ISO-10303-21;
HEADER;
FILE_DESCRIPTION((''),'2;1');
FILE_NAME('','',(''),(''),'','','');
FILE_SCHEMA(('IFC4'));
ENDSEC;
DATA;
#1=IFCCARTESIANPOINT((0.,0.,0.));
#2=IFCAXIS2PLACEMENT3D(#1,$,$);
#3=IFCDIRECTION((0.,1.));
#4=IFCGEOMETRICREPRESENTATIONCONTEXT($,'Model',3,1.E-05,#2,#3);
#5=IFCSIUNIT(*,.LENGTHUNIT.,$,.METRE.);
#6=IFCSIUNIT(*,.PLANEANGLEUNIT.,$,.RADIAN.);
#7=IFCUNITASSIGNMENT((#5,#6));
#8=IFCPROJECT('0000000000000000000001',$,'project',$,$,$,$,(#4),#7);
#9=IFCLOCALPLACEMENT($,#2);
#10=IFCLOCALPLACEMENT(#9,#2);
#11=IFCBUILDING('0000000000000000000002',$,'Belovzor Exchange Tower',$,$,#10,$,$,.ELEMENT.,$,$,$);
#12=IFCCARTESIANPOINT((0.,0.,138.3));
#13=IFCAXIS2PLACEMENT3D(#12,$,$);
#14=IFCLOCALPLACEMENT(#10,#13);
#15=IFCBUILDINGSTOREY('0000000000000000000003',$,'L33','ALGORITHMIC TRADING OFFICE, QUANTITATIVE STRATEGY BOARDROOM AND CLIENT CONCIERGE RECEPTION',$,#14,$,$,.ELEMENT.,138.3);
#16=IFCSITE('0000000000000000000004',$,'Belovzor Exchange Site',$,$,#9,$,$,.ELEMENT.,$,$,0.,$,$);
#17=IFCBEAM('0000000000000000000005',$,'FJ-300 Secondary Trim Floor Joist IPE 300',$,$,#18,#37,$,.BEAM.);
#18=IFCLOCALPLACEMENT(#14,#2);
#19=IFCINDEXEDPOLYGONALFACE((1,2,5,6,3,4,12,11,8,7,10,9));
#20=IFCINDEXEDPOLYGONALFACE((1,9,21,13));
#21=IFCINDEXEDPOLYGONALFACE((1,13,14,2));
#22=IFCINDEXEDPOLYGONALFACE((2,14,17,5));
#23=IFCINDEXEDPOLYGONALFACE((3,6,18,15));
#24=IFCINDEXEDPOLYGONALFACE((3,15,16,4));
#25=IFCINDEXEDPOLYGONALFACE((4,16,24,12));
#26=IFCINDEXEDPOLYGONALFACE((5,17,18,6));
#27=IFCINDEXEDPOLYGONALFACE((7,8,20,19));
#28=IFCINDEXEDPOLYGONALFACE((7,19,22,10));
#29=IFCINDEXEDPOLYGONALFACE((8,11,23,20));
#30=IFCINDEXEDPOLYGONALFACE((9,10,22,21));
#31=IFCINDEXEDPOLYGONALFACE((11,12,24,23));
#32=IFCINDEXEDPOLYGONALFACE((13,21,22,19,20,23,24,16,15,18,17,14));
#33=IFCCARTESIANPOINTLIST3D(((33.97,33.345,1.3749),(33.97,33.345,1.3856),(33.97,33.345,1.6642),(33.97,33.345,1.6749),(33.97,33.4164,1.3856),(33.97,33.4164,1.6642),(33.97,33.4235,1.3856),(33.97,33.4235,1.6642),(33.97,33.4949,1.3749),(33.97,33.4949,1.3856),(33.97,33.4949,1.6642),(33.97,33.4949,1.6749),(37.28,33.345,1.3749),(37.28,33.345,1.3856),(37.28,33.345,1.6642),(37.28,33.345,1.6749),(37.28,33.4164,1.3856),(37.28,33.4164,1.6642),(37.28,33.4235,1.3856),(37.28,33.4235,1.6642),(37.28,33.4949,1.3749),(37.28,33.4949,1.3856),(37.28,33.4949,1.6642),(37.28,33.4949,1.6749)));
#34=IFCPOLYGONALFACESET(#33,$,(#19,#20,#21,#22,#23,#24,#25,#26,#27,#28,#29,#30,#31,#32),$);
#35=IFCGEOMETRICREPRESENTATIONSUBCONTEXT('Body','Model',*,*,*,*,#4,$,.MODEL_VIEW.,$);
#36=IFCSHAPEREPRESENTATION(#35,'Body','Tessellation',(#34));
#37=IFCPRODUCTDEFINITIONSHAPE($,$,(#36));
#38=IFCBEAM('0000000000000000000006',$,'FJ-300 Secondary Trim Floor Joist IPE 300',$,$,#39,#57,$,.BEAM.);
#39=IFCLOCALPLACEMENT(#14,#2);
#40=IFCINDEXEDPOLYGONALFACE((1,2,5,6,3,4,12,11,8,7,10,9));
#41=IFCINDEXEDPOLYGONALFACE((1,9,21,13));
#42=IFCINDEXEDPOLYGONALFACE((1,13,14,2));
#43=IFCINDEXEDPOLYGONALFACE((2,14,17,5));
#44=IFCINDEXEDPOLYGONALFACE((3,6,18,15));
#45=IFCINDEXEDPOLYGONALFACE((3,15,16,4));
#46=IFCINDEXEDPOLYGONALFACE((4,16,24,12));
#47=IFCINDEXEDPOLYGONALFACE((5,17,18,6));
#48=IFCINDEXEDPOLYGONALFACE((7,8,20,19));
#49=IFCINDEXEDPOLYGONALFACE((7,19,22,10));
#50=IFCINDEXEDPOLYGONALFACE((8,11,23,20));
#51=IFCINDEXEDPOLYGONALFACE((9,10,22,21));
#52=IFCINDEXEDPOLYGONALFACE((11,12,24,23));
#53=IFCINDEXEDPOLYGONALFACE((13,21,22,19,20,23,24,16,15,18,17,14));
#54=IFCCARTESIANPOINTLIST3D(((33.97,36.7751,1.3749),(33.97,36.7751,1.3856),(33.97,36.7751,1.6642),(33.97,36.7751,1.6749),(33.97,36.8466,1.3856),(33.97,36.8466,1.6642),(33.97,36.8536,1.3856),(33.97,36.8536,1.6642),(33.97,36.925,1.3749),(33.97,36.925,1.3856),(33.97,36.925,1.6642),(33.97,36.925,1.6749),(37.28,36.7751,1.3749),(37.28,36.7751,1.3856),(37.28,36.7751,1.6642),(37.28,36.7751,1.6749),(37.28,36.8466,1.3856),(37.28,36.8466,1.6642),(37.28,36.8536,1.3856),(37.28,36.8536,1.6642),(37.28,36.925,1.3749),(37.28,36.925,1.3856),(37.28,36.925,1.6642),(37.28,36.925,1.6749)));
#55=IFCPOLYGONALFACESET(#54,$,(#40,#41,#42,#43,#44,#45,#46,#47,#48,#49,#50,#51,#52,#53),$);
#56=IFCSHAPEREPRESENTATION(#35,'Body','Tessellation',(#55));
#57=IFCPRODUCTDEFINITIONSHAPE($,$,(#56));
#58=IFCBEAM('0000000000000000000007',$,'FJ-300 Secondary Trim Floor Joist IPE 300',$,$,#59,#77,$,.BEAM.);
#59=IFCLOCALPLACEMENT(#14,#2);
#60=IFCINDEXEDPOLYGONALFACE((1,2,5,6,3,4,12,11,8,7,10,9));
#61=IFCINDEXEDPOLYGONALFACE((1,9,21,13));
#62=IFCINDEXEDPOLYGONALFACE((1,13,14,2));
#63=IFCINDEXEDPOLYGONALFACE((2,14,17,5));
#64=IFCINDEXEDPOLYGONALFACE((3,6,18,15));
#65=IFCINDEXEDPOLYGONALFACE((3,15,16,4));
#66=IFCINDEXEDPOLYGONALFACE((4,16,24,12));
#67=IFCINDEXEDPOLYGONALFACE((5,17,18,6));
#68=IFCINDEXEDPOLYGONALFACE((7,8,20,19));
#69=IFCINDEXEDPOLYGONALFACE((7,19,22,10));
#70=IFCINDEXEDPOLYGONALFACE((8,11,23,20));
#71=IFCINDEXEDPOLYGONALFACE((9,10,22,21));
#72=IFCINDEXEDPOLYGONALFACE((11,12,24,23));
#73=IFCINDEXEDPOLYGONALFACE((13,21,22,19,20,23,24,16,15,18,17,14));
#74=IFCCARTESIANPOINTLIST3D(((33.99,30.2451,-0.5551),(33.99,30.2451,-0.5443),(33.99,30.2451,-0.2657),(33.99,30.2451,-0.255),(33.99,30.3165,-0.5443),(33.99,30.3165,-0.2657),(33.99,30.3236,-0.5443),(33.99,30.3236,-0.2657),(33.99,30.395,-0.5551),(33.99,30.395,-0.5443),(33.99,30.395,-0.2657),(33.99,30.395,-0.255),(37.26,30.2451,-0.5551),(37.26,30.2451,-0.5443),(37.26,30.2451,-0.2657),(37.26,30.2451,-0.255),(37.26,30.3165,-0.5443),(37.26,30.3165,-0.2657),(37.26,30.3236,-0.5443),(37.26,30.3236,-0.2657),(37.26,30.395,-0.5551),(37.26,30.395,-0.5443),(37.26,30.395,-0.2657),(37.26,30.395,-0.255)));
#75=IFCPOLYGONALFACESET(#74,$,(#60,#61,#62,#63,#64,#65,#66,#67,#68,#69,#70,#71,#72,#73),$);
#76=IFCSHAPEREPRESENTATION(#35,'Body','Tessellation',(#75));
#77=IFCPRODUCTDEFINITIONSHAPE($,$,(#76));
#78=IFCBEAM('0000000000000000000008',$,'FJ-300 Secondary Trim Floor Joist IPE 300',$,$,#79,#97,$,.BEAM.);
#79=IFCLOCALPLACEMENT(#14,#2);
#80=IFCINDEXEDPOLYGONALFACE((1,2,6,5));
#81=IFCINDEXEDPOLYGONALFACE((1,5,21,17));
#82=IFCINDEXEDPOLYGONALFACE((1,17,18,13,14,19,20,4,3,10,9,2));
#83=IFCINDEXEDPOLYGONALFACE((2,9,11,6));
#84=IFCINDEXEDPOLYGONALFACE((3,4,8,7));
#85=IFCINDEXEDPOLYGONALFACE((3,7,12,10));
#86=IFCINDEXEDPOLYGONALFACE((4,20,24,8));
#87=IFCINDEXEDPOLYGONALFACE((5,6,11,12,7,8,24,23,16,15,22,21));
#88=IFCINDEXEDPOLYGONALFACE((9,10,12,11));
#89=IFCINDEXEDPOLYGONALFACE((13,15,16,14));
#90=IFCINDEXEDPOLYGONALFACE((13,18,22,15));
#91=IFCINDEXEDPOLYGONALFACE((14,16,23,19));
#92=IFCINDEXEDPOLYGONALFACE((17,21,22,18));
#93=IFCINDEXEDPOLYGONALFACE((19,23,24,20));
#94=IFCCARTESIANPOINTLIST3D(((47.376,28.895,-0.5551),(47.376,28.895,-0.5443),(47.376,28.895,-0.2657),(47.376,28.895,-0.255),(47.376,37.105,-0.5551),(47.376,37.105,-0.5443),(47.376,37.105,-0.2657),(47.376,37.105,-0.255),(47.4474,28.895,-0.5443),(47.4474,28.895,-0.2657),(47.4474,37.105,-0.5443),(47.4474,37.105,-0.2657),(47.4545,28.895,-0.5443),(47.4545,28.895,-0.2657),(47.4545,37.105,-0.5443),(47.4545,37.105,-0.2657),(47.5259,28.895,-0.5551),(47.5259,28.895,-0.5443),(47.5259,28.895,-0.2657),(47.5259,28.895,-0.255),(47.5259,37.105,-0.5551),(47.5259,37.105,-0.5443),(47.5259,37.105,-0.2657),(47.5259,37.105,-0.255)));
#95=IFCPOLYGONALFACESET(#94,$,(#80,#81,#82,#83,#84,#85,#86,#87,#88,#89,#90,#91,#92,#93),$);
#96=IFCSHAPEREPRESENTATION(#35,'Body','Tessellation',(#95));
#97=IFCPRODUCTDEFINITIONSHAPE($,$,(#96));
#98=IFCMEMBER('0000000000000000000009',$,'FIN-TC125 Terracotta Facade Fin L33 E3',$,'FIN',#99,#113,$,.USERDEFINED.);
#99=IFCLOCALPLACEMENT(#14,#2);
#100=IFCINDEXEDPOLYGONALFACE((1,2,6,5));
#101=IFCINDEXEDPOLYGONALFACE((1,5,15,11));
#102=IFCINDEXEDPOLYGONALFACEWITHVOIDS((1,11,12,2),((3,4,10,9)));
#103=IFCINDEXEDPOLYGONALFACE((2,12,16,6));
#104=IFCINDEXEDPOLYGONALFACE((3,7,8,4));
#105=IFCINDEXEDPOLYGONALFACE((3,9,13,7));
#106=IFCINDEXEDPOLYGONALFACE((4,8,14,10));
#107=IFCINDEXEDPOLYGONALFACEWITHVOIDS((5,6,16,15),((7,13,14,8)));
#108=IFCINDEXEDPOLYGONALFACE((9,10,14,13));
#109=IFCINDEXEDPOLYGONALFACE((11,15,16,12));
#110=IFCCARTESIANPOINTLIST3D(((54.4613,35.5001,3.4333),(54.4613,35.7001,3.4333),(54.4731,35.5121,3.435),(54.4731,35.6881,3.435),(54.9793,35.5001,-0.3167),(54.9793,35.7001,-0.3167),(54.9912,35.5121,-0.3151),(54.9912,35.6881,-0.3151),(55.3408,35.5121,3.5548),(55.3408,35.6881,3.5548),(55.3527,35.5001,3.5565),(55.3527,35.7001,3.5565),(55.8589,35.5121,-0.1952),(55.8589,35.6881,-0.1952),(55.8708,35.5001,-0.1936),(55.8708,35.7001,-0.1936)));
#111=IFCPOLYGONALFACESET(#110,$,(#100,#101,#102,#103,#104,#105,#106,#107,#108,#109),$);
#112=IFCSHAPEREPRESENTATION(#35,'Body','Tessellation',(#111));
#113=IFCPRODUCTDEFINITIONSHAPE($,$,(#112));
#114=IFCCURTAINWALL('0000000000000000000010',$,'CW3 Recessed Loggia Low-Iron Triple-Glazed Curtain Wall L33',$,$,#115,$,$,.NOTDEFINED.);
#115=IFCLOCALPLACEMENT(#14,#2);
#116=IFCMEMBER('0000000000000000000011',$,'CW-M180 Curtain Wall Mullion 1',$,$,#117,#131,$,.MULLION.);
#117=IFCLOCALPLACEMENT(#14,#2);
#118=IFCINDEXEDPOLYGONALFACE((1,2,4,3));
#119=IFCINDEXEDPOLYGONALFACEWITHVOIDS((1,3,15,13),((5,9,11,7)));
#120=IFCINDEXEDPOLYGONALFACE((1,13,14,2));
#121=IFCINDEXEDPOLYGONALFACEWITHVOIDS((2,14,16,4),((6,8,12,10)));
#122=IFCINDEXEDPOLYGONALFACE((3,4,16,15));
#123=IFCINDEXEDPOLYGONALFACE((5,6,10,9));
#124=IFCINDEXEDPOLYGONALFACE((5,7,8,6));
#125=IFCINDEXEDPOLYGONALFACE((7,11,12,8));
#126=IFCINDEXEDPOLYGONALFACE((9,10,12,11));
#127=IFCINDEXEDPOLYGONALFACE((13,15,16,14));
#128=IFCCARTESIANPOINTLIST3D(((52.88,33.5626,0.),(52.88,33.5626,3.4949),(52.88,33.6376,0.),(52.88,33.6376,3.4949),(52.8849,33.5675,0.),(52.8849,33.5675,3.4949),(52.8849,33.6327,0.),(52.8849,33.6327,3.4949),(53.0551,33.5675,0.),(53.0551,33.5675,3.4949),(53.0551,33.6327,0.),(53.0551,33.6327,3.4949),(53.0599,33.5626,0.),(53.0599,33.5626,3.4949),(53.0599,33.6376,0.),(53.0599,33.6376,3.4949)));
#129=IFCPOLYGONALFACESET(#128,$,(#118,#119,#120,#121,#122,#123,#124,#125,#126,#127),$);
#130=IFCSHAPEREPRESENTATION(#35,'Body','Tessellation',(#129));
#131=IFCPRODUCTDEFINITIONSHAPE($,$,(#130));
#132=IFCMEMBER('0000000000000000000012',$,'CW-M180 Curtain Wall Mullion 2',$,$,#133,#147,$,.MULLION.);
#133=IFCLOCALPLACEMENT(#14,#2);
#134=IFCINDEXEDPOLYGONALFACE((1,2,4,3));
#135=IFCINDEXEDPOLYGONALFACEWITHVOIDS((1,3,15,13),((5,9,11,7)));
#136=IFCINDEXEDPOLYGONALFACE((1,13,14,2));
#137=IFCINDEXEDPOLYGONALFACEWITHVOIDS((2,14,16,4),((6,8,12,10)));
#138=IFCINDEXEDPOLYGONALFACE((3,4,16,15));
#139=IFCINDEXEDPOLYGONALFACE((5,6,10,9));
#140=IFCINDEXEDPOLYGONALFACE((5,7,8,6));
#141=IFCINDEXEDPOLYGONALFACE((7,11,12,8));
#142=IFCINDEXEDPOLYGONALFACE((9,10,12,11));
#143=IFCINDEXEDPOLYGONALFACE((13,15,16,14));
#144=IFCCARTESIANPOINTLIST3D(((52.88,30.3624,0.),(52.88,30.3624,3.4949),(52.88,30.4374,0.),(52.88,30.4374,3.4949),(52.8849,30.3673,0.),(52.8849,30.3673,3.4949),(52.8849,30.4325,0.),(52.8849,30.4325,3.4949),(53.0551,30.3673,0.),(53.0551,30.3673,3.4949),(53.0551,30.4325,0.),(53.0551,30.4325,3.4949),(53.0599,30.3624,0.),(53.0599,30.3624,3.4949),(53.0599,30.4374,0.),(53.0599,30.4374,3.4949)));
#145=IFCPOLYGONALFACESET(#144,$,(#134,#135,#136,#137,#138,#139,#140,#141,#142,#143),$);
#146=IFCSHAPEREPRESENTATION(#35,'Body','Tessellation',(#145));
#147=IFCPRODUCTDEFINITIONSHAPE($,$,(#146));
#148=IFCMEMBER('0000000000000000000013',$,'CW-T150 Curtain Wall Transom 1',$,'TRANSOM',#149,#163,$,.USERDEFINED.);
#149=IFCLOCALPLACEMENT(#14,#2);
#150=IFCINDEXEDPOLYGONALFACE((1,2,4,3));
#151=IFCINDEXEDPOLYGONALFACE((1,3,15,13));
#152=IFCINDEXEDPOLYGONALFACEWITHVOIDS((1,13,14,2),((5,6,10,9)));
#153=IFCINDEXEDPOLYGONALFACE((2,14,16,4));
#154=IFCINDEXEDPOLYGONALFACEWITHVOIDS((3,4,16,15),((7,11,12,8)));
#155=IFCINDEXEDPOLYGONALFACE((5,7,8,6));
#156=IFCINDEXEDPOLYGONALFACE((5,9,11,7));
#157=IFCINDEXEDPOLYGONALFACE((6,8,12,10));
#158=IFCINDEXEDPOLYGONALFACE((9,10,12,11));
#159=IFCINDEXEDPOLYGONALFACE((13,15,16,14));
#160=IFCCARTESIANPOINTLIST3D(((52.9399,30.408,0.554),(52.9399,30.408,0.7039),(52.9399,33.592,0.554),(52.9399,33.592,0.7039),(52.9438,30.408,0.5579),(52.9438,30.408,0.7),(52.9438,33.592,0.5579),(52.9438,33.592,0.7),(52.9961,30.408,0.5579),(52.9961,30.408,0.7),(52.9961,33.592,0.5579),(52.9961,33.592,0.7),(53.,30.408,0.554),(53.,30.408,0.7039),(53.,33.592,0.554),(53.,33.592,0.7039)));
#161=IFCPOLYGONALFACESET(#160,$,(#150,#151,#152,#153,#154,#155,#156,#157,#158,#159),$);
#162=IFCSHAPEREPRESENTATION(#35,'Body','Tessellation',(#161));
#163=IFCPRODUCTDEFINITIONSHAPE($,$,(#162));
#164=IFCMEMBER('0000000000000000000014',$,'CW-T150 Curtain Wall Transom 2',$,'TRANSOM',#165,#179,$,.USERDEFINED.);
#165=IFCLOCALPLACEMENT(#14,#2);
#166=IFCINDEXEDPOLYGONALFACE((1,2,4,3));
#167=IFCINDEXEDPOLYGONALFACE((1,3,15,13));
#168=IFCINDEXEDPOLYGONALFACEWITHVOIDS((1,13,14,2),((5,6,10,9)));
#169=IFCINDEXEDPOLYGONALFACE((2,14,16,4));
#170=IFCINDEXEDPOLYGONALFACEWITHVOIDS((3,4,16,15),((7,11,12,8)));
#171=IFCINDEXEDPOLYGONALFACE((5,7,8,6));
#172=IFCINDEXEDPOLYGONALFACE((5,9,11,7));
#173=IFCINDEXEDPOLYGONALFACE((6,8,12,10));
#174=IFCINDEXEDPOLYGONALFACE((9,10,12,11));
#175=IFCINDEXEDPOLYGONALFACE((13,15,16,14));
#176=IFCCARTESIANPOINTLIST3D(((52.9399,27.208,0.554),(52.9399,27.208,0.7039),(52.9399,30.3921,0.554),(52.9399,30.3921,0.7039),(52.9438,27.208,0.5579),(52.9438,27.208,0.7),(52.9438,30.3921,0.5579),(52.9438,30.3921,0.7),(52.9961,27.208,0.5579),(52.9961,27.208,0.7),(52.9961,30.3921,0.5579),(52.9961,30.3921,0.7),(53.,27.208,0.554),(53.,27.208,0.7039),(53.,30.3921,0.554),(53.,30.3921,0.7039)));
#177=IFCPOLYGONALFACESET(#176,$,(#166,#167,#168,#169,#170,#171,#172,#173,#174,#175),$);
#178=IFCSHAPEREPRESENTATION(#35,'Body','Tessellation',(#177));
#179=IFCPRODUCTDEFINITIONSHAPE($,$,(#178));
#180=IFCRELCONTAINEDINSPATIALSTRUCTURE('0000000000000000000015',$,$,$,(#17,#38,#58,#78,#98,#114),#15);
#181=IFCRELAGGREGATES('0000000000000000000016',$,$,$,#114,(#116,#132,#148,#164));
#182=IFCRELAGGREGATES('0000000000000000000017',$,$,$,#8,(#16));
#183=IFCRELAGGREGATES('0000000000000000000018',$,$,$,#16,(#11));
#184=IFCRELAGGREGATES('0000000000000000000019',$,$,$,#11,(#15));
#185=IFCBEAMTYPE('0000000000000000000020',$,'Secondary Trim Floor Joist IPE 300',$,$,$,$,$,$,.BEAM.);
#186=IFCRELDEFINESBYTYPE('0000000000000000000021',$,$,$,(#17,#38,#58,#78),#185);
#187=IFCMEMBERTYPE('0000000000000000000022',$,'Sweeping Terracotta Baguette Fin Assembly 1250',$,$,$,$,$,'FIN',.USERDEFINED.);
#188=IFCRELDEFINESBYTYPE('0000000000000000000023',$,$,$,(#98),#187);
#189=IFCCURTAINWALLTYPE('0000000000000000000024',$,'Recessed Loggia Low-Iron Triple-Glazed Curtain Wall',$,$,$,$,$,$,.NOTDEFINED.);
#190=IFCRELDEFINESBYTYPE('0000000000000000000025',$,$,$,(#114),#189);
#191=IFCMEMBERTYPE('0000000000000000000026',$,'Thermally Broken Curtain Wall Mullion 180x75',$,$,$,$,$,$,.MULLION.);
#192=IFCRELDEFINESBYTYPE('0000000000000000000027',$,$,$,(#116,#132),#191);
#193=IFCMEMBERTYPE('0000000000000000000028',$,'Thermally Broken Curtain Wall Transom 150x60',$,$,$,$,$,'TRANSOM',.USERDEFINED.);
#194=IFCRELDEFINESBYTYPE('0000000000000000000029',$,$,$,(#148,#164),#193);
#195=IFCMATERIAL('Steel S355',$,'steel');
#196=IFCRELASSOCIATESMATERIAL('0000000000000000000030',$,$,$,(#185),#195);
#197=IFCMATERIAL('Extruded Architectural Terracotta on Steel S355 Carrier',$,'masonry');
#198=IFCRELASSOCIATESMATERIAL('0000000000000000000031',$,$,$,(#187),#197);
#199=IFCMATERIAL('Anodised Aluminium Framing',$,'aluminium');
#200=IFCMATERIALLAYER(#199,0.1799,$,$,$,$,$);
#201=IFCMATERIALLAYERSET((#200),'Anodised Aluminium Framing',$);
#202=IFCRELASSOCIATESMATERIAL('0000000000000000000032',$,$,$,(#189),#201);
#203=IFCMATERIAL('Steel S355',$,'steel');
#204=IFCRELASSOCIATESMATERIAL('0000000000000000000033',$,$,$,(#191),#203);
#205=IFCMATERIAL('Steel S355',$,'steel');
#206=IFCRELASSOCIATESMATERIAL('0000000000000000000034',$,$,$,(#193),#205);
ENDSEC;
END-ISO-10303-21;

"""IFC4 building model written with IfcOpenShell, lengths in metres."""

from ifc_helpers import new_model, si_unit, direction, frame, origin, origin_2d, place, context, subcontext, project, spatial, hollow_rectangle, i_section, extrude, material, layer, layer_set, material_profile, profile_set, type_object, element, aggregate, save


model = new_model("IFC4")

# Units and contexts
model_context = context("Model", 3, precision=1e-05, world=origin(), true_north=direction((0.0, 1.0)))
body_context = subcontext(model_context, "Body", "Model", "MODEL_VIEW")
ifc_project = project(units=[si_unit("LENGTHUNIT", "METRE"), si_unit("PLANEANGLEUNIT", "RADIAN")], contexts=[model_context])

# Site, building, storey
site_placement = place(None, origin())
site = spatial("IfcSite", under=ifc_project, at=site_placement, Name="Belovzor Exchange Site", CompositionType="ELEMENT", RefElevation=0.0)
building_placement = place(site_placement, origin())
building = spatial("IfcBuilding", under=site, at=building_placement, Name="Belovzor Exchange Tower", CompositionType="ELEMENT")
storey_placement = place(building_placement, frame((0.0, 0.0, 138.3)))
storey = spatial("IfcBuildingStorey", under=building, at=storey_placement, Name="L33", Description="ALGORITHMIC TRADING OFFICE, QUANTITATIVE STRATEGY BOARDROOM AND CLIENT CONCIERGE RECEPTION", CompositionType="ELEMENT", Elevation=138.3)

# Beams
ifc_material_1 = material(Name="Steel S355", Category="steel")
ifc_material_profile_1 = material_profile(ifc_material_1, i_section(OverallWidth=0.1499, OverallDepth=0.3, WebThickness=0.0071, FlangeThickness=0.0107, at=origin_2d()))
ifc_profile_set_1 = profile_set([ifc_material_profile_1], Name="Steel S355")
beam_type_1 = type_object("IfcBeamType", Name="Secondary Trim Floor Joist IPE 300", PredefinedType="BEAM", material=ifc_profile_set_1)
for number, where, z_axis, x_axis, name in (
    (1, (37.28, 33.4199, 1.5249), (-1.0, 0.0, 0.0), (0.0, -1.0, 0.0), "FJ-300 Secondary Trim Floor Joist IPE 300"),
    (2, (37.28, 36.8501, 1.5249), (-1.0, 0.0, 0.0), (0.0, -1.0, 0.0), "FJ-300 Secondary Trim Floor Joist IPE 300"),
):
    element("IfcBeam", number, at=place(storey_placement, frame(where, z_axis=z_axis, x_axis=x_axis)), inside=storey, type_object=beam_type_1, Name=name, PredefinedType="BEAM", context=body_context, shape_type="SweptSolid", body=[
        extrude(i_section(OverallWidth=0.1499, OverallDepth=0.3, WebThickness=0.0071, FlangeThickness=0.0107, at=origin_2d()), origin(), (0.0, 0.0, 1.0), 3.3101),
    ])
beam_1_placement = place(storey_placement, frame((37.26, 30.3201, -0.405), z_axis=(-1.0, 0.0, 0.0), x_axis=(0.0, -1.0, 0.0)))
element("IfcBeam", 3, at=beam_1_placement, inside=storey, type_object=beam_type_1, Name="FJ-300 Secondary Trim Floor Joist IPE 300", PredefinedType="BEAM", context=body_context, shape_type="SweptSolid", body=[
    extrude(i_section(OverallWidth=0.1499, OverallDepth=0.3, WebThickness=0.0071, FlangeThickness=0.0107, at=origin_2d()), origin(), (0.0, 0.0, 1.0), 3.27),
])
beam_2_placement = place(storey_placement, frame((47.4509, 28.895, -0.405), z_axis=(0.0, 1.0, 0.0), x_axis=(-1.0, 0.0, 0.0)))
element("IfcBeam", 4, at=beam_2_placement, inside=storey, type_object=beam_type_1, Name="FJ-300 Secondary Trim Floor Joist IPE 300", PredefinedType="BEAM", context=body_context, shape_type="SweptSolid", body=[
    extrude(i_section(OverallWidth=0.1499, OverallDepth=0.3, WebThickness=0.0071, FlangeThickness=0.0107, at=origin_2d()), origin(), (0.0, 0.0, 1.0), 8.21),
])

# Member
ifc_material_2 = material(Name="Extruded Architectural Terracotta on Steel S355 Carrier", Category="masonry")
ifc_material_profile_2 = material_profile(ifc_material_2, hollow_rectangle(XDim=0.2, YDim=0.8999, WallThickness=0.012, at=origin_2d()))
ifc_profile_set_2 = profile_set([ifc_material_profile_2], Name="Extruded Architectural Terracotta on Steel S355 Carrier")
member_type_1 = type_object("IfcMemberType", Name="Sweeping Terracotta Baguette Fin Assembly 1250", ElementType="FIN", PredefinedType="USERDEFINED", material=ifc_profile_set_2)
member_1_placement = place(storey_placement, frame((55.425, 35.6001, -0.2551), z_axis=(-0.136851, 0.0, 0.990592), x_axis=(0.0, -1.0, 0.0)))
element("IfcMember", 5, at=member_1_placement, inside=storey, type_object=member_type_1, Name="FIN-TC125 Terracotta Facade Fin L33 E3", ObjectType="FIN", PredefinedType="USERDEFINED", context=body_context, shape_type="SweptSolid", body=[
    extrude(hollow_rectangle(XDim=0.2, YDim=0.8999, WallThickness=0.012, at=origin_2d()), origin(), (0.0, 0.0, 1.0), 3.7856),
])

# Curtain wall, members
ifc_material_3 = material(Name="Anodised Aluminium Framing", Category="aluminium")
ifc_layer_1 = layer(ifc_material_3, 0.1799)
ifc_layer_set_1 = layer_set([ifc_layer_1], Name="Anodised Aluminium Framing")
curtain_wall_type = type_object("IfcCurtainWallType", Name="Recessed Loggia Low-Iron Triple-Glazed Curtain Wall", PredefinedType="NOTDEFINED", material=ifc_layer_set_1)
curtain_wall_placement = place(storey_placement, origin())
curtain_wall = element("IfcCurtainWall", 6, at=curtain_wall_placement, inside=storey, type_object=curtain_wall_type, Name="CW3 Recessed Loggia Low-Iron Triple-Glazed Curtain Wall L33", PredefinedType="NOTDEFINED")
ifc_material_4 = material(Name="Steel S355", Category="steel")
ifc_material_profile_3 = material_profile(ifc_material_4, hollow_rectangle(XDim=0.075, YDim=0.1799, WallThickness=0.0049, at=origin_2d()))
ifc_profile_set_3 = profile_set([ifc_material_profile_3], Name="Steel S355")
member_type_2 = type_object("IfcMemberType", Name="Thermally Broken Curtain Wall Mullion 180x75", PredefinedType="MULLION", material=ifc_profile_set_3)
member_2_placement = place(storey_placement, frame((52.97, 33.6001, 0.0), z_axis=(0.0, 0.0, 1.0), x_axis=(0.0, -1.0, 0.0)))
member_2 = element("IfcMember", 7, at=member_2_placement, type_object=member_type_2, Name="CW-M180 Curtain Wall Mullion 1", PredefinedType="MULLION", context=body_context, shape_type="SweptSolid", body=[
    extrude(hollow_rectangle(XDim=0.075, YDim=0.1799, WallThickness=0.0049, at=origin_2d()), origin(), (0.0, 0.0, 1.0), 3.4949),
])
member_3_placement = place(storey_placement, frame((52.97, 30.3999, 0.0), z_axis=(0.0, 0.0, 1.0), x_axis=(0.0, -1.0, 0.0)))
member_3 = element("IfcMember", 8, at=member_3_placement, type_object=member_type_2, Name="CW-M180 Curtain Wall Mullion 2", PredefinedType="MULLION", context=body_context, shape_type="SweptSolid", body=[
    extrude(hollow_rectangle(XDim=0.075, YDim=0.1799, WallThickness=0.0049, at=origin_2d()), origin(), (0.0, 0.0, 1.0), 3.4949),
])
ifc_material_5 = material(Name="Steel S355", Category="steel")
ifc_material_profile_4 = material_profile(ifc_material_5, hollow_rectangle(XDim=0.0601, YDim=0.1499, WallThickness=0.0039, at=origin_2d()))
ifc_profile_set_4 = profile_set([ifc_material_profile_4], Name="Steel S355")
member_type_3 = type_object("IfcMemberType", Name="Thermally Broken Curtain Wall Transom 150x60", ElementType="TRANSOM", PredefinedType="USERDEFINED", material=ifc_profile_set_4)
member_4_placement = place(storey_placement, frame((52.97, 33.592, 0.6289), z_axis=(0.0, -1.0, 0.0), x_axis=(1.0, 0.0, 0.0)))
member_4 = element("IfcMember", 9, at=member_4_placement, type_object=member_type_3, Name="CW-T150 Curtain Wall Transom 1", ObjectType="TRANSOM", PredefinedType="USERDEFINED", context=body_context, shape_type="SweptSolid", body=[
    extrude(hollow_rectangle(XDim=0.0601, YDim=0.1499, WallThickness=0.0039, at=origin_2d()), origin(), (0.0, 0.0, 1.0), 3.1841),
])
member_5_placement = place(storey_placement, frame((52.97, 30.3921, 0.6289), z_axis=(0.0, -1.0, 0.0), x_axis=(1.0, 0.0, 0.0)))
member_5 = element("IfcMember", 10, at=member_5_placement, type_object=member_type_3, Name="CW-T150 Curtain Wall Transom 2", ObjectType="TRANSOM", PredefinedType="USERDEFINED", context=body_context, shape_type="SweptSolid", body=[
    extrude(hollow_rectangle(XDim=0.0601, YDim=0.1499, WallThickness=0.0039, at=origin_2d()), origin(), (0.0, 0.0, 1.0), 3.1841),
])

aggregate(curtain_wall, [member_2, member_3, member_4, member_5])

save(model, "model.ifc")
